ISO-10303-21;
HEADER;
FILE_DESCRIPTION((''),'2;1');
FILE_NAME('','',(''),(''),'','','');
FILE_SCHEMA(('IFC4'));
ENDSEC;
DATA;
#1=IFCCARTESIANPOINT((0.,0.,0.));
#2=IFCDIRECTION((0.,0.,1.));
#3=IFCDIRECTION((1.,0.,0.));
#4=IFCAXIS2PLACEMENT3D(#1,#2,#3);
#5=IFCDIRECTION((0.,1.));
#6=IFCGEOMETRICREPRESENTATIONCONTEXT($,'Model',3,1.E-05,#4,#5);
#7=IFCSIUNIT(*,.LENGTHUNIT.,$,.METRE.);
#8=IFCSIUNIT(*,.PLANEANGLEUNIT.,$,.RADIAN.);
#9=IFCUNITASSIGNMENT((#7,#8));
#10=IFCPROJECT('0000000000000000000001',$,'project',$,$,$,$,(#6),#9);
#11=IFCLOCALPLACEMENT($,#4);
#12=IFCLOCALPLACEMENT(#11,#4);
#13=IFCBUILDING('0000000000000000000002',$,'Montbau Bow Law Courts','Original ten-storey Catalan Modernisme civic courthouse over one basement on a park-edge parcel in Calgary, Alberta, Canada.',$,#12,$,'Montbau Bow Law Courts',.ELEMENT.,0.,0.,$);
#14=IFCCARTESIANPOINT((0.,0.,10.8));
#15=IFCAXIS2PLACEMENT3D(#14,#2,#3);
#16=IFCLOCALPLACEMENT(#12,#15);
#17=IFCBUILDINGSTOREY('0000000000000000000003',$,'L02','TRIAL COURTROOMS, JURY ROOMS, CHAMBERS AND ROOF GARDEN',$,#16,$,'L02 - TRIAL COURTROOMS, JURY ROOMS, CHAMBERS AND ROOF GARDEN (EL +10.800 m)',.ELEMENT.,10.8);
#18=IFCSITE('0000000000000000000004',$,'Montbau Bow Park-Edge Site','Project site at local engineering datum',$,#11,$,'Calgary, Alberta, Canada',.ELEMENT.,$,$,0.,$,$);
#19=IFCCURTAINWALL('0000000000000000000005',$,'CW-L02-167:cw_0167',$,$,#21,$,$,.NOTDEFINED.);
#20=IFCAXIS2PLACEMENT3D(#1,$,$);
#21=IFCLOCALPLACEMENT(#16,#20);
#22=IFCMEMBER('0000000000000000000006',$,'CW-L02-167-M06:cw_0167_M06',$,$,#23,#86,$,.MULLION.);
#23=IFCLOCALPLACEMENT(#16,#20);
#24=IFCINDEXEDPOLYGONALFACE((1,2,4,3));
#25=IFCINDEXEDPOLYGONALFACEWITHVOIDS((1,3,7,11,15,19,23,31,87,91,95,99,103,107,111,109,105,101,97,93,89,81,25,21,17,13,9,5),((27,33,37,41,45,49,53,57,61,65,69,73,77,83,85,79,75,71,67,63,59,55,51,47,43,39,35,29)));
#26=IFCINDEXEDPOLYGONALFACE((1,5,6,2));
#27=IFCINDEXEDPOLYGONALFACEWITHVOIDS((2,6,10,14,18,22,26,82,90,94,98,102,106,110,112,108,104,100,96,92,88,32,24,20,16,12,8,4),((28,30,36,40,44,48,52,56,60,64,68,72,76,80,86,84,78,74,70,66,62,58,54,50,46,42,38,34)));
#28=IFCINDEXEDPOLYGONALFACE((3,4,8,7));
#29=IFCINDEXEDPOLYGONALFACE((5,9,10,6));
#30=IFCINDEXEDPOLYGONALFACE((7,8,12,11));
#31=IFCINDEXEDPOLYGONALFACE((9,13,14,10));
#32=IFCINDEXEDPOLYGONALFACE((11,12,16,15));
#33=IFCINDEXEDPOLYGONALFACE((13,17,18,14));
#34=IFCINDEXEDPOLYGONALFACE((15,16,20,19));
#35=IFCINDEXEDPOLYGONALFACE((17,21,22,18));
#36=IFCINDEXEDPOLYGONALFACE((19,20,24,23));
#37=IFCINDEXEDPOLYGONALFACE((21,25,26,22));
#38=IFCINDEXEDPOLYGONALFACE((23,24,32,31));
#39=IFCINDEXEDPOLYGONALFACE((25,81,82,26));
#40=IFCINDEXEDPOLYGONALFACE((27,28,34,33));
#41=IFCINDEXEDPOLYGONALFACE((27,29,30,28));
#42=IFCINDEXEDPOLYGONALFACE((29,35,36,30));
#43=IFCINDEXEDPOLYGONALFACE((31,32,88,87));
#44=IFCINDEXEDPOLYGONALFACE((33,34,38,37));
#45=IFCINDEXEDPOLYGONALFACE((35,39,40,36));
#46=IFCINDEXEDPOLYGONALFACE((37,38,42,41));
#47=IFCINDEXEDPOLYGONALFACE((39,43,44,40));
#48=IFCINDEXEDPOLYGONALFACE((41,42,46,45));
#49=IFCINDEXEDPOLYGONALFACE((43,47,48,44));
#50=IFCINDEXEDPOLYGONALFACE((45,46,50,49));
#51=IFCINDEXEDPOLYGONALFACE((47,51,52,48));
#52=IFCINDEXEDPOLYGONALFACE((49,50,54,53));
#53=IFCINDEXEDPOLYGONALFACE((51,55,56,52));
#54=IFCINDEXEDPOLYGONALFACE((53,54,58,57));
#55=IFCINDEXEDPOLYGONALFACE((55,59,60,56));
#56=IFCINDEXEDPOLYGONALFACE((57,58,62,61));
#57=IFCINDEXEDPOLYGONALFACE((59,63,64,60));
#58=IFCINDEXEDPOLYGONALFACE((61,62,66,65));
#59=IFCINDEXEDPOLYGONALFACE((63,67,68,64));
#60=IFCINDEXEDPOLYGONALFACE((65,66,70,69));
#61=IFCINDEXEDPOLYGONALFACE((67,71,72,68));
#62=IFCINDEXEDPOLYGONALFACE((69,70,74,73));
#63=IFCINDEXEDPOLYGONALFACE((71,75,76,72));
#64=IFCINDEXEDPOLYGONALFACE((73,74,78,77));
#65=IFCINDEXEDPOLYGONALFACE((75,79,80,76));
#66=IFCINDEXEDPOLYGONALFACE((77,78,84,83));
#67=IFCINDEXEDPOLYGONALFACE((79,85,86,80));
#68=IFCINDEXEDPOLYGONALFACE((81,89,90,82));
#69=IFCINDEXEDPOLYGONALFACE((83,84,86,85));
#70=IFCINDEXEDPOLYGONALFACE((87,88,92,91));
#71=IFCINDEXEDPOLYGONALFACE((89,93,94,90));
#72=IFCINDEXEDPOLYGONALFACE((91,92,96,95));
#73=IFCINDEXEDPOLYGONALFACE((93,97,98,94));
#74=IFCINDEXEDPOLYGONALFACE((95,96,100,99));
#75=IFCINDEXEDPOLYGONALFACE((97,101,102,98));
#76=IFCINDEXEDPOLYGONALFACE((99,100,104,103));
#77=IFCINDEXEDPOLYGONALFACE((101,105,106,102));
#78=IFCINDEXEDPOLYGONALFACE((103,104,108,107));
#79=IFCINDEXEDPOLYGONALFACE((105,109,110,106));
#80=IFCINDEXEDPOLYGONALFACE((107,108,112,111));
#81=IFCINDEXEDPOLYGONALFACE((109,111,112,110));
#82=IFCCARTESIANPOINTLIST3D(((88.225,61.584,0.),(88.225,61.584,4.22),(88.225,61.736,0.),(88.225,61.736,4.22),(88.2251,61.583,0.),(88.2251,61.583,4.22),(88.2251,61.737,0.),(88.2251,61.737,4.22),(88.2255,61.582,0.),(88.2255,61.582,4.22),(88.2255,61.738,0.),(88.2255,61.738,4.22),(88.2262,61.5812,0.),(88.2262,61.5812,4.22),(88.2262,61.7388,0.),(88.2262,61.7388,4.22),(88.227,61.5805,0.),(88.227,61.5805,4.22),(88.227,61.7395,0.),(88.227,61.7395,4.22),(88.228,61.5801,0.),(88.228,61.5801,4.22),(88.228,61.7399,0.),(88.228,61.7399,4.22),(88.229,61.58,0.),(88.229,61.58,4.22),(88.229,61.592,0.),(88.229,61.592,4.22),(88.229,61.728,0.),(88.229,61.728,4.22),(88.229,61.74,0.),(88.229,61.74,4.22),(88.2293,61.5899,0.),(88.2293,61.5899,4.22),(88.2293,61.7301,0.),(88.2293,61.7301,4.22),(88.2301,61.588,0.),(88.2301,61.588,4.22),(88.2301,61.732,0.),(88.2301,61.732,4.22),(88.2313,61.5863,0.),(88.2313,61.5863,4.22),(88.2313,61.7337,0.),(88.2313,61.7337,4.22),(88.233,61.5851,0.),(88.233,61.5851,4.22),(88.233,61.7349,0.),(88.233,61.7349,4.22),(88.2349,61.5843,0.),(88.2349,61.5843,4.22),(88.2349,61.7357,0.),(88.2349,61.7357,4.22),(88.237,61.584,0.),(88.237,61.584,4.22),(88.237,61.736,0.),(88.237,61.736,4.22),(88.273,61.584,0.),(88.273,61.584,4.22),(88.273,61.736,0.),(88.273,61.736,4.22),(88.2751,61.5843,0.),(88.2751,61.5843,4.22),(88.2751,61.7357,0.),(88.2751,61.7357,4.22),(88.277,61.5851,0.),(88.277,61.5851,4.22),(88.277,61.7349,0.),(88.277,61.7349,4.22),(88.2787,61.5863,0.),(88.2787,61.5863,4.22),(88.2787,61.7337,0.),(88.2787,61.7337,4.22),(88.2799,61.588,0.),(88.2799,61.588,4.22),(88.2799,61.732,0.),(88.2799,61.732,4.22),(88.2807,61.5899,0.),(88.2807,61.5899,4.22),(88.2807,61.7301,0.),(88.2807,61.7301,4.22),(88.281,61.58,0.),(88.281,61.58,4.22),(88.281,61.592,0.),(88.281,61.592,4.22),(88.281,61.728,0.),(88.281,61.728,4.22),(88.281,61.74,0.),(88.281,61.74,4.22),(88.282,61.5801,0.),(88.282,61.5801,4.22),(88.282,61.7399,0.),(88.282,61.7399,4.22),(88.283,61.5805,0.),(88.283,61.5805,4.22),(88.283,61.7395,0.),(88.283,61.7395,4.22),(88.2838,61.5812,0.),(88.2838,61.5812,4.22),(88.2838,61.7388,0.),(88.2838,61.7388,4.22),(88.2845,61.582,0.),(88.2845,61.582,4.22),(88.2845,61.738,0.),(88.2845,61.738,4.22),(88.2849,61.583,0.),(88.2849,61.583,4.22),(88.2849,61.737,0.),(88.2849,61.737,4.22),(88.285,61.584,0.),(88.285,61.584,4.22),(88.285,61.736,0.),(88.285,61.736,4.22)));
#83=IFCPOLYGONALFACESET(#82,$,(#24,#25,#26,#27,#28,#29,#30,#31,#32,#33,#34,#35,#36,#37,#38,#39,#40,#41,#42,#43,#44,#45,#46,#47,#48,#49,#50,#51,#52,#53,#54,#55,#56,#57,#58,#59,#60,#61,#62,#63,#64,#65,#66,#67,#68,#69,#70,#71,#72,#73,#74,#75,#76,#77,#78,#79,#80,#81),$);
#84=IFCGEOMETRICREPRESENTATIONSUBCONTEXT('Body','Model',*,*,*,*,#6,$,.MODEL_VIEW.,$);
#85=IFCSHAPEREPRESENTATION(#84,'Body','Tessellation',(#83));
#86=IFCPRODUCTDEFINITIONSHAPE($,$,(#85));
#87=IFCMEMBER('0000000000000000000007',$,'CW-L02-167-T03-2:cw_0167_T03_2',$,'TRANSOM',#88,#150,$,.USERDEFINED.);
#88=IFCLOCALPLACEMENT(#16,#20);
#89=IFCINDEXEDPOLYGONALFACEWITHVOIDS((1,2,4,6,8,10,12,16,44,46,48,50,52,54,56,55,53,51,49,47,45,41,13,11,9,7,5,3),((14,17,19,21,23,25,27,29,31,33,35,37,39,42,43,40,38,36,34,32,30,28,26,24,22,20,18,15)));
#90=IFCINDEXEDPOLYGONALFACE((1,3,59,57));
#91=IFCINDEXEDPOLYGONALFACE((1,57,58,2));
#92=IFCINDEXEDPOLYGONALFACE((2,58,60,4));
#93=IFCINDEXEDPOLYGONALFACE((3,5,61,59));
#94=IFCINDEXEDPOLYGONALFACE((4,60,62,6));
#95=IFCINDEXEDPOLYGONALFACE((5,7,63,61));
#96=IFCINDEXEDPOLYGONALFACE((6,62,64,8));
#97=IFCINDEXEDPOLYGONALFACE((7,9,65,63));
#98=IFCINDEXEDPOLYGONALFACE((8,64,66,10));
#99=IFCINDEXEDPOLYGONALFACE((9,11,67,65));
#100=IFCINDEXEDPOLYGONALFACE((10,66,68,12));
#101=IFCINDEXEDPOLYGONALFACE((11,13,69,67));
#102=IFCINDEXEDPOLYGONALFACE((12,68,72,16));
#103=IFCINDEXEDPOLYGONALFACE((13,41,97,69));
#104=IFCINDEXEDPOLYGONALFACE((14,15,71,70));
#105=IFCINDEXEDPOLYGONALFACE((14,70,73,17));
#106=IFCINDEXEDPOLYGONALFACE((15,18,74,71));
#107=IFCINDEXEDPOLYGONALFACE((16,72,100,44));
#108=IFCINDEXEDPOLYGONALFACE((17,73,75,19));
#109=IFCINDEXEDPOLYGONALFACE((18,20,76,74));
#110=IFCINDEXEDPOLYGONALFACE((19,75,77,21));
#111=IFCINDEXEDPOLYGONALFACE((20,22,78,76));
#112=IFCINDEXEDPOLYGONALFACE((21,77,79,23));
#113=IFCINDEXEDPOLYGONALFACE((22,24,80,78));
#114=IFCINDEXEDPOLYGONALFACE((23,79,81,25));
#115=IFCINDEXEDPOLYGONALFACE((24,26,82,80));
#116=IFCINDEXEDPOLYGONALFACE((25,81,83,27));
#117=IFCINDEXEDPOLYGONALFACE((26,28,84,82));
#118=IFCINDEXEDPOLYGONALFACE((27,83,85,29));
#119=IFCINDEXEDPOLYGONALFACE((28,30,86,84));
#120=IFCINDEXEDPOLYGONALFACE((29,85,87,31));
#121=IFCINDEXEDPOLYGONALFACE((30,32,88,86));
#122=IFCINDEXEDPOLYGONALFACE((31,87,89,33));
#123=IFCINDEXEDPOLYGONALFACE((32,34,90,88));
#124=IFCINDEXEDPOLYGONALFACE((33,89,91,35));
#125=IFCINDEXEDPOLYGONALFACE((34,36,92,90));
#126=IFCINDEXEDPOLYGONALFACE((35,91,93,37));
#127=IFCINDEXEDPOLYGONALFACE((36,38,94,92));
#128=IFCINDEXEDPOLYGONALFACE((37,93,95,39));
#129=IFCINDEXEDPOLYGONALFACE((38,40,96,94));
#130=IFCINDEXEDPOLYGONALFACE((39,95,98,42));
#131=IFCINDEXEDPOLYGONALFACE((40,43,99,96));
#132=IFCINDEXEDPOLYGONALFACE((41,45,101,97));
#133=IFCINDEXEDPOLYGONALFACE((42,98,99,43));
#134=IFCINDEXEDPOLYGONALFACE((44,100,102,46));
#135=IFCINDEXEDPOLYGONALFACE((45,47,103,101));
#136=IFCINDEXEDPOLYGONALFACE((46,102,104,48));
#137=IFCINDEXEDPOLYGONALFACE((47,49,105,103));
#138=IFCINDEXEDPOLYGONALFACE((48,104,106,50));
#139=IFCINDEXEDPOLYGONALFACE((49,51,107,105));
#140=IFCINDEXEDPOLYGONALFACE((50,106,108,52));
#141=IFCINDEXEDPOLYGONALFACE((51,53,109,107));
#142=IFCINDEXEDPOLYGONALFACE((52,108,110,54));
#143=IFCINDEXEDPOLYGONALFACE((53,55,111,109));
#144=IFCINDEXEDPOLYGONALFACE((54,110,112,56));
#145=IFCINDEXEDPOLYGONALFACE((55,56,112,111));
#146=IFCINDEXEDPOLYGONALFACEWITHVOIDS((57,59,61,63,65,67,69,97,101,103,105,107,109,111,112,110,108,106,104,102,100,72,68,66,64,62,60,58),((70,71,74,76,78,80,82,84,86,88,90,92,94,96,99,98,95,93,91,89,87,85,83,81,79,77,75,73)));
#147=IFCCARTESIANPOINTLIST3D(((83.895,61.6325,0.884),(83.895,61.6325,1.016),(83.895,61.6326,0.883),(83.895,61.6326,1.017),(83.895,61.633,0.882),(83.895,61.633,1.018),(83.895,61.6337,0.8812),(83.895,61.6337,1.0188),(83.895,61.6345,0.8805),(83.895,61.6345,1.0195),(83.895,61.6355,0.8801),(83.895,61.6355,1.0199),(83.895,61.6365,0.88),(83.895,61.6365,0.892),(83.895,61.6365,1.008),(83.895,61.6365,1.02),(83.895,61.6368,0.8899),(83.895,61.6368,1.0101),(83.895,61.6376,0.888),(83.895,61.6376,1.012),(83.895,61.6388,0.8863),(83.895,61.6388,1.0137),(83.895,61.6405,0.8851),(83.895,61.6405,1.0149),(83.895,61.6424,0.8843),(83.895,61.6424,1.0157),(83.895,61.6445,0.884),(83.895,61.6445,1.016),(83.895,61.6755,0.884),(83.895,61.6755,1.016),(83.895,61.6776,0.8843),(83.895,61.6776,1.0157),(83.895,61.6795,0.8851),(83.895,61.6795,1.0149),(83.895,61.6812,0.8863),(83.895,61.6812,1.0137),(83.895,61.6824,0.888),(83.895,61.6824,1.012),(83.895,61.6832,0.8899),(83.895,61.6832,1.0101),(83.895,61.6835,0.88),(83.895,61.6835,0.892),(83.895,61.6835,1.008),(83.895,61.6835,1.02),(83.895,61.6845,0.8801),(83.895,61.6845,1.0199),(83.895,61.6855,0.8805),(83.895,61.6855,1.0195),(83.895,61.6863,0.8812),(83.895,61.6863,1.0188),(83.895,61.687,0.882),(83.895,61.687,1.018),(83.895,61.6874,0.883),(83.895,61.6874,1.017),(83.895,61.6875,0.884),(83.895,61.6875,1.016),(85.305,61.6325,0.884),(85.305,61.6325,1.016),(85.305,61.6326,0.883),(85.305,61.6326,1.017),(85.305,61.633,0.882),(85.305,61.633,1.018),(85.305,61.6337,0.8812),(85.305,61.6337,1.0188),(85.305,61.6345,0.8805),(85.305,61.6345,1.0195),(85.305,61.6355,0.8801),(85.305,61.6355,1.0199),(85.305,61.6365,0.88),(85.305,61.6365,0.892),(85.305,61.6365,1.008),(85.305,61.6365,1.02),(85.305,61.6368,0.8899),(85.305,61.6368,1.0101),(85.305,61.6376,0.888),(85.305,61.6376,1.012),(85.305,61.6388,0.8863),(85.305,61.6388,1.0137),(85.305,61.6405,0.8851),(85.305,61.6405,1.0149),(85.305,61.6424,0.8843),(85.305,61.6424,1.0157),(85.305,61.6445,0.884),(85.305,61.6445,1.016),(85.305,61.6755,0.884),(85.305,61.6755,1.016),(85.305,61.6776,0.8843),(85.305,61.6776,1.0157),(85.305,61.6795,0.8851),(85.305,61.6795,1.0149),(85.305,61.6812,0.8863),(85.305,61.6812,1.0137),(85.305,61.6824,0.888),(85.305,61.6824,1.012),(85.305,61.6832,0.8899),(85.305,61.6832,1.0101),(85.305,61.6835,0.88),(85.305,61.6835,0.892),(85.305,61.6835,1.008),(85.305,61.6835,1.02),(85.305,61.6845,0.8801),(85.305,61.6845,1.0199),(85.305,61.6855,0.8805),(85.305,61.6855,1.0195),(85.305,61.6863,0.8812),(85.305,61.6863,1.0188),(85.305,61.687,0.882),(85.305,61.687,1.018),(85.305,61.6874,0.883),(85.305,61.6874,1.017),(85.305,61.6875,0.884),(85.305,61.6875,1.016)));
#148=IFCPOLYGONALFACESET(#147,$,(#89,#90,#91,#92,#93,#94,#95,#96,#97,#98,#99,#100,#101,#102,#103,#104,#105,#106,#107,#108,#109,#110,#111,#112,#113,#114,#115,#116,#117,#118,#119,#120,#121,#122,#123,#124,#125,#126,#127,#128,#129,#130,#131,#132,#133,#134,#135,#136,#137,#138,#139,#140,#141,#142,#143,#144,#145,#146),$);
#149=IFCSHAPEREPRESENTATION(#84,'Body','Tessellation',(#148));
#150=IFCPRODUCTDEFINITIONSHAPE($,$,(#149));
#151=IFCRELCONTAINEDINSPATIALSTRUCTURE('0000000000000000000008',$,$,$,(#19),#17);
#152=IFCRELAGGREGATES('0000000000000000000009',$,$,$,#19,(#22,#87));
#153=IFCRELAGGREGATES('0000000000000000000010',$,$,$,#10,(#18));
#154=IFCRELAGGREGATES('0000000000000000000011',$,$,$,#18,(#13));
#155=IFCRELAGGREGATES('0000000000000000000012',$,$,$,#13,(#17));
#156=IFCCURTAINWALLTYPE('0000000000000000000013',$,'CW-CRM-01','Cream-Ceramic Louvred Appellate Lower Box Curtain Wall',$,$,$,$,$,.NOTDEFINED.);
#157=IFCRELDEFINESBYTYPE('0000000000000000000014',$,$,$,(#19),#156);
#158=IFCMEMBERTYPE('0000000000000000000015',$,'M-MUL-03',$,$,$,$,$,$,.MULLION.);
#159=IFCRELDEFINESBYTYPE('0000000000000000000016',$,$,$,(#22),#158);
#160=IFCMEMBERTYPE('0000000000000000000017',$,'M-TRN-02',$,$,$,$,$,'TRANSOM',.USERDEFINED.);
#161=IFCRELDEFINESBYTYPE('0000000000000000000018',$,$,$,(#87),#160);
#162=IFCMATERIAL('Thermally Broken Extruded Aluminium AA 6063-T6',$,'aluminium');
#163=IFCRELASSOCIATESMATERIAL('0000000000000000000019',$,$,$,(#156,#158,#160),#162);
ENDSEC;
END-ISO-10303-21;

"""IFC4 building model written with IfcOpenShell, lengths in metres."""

from ifc_helpers import new_model, si_unit, direction, frame, origin_with_axes, origin_2d_with_axis, place, context, subcontext, project, spatial, hollow_rectangle, extrude, material, material_profile, profile_set, type_object, element, aggregate, save


model = new_model("IFC4")

# Units and contexts
model_context = context("Model", 3, precision=1e-05, world=origin_with_axes(), true_north=direction((0.0, 1.0)))
body_context = subcontext(model_context, "Body", "Model", "MODEL_VIEW")
ifc_project = project(units=[si_unit("LENGTHUNIT", "METRE"), si_unit("PLANEANGLEUNIT", "RADIAN")], contexts=[model_context])

# Site, building, storey
site_placement = place(None, origin_with_axes())
site = spatial("IfcSite", under=ifc_project, at=site_placement, Name="Montbau Bow Park-Edge Site", Description="Project site at local engineering datum", LongName="Calgary, Alberta, Canada", CompositionType="ELEMENT", RefElevation=0.0)
building_placement = place(site_placement, origin_with_axes())
building = spatial("IfcBuilding", under=site, at=building_placement, Name="Montbau Bow Law Courts", Description="Original ten-storey Catalan Modernisme civic courthouse over one basement on a park-edge parcel in Calgary, Alberta, Canada.", LongName="Montbau Bow Law Courts", CompositionType="ELEMENT", ElevationOfRefHeight=0.0, ElevationOfTerrain=0.0)
storey_placement = place(building_placement, frame((0.0, 0.0, 10.8), z_axis=(0.0, 0.0, 1.0), x_axis=(1.0, 0.0, 0.0)))
storey = spatial("IfcBuildingStorey", under=building, at=storey_placement, Name="L02", Description="TRIAL COURTROOMS, JURY ROOMS, CHAMBERS AND ROOF GARDEN", LongName="L02 - TRIAL COURTROOMS, JURY ROOMS, CHAMBERS AND ROOF GARDEN (EL +10.800 m)", CompositionType="ELEMENT", Elevation=10.8)

# Curtain wall, members
ifc_material_1 = material(Name="Thermally Broken Extruded Aluminium AA 6063-T6", Category="aluminium")
curtain_wall_type = type_object("IfcCurtainWallType", Name="CW-CRM-01", Description="Cream-Ceramic Louvred Appellate Lower Box Curtain Wall", PredefinedType="NOTDEFINED", material=ifc_material_1)
curtain_wall_placement = place(None, frame((80.915, 61.66, 10.8), z_axis=(0.0, 0.0, 1.0), x_axis=(1.0, 0.0, 0.0)))
curtain_wall = element("IfcCurtainWall", 1, at=curtain_wall_placement, inside=storey, type_object=curtain_wall_type, Name="CW-L02-167:cw_0167", PredefinedType="NOTDEFINED")
ifc_material_profile_1 = material_profile(ifc_material_1, hollow_rectangle(XDim=0.06, YDim=0.16, WallThickness=0.004, InnerFilletRadius=0.008, OuterFilletRadius=0.004, at=origin_2d_with_axis()), Name="CWM-160X60", Category="Main", Priority=0)
ifc_profile_set_1 = profile_set([ifc_material_profile_1], Name="Thermally Broken Extruded Aluminium AA 6063-T6")
member_type_1 = type_object("IfcMemberType", Name="M-MUL-03", PredefinedType="MULLION", material=ifc_profile_set_1)
member_1_placement = place(None, frame((88.255, 61.66, 10.8), z_axis=(0.0, 0.0, 1.0), x_axis=(1.0, 0.0, 0.0)))
member_1 = element("IfcMember", 2, at=member_1_placement, type_object=member_type_1, Name="CW-L02-167-M06:cw_0167_M06", PredefinedType="MULLION", context=body_context, shape_type="SweptSolid", body=[
    extrude(hollow_rectangle(XDim=0.06, YDim=0.16, WallThickness=0.004, InnerFilletRadius=0.008, OuterFilletRadius=0.004, at=origin_2d_with_axis()), origin_with_axes(), (0.0, 0.0, 1.0), 4.22),
])
ifc_material_profile_2 = material_profile(ifc_material_1, hollow_rectangle(XDim=0.055, YDim=0.14, WallThickness=0.004, InnerFilletRadius=0.008, OuterFilletRadius=0.004, at=origin_2d_with_axis()), Name="CWT-140X55", Category="Main", Priority=0)
ifc_profile_set_2 = profile_set([ifc_material_profile_2], Name="Thermally Broken Extruded Aluminium AA 6063-T6")
member_type_2 = type_object("IfcMemberType", Name="M-TRN-02", ElementType="TRANSOM", PredefinedType="USERDEFINED", material=ifc_profile_set_2)
member_2_placement = place(None, frame((83.895, 61.66, 11.75), z_axis=(1.0, 0.0, 0.0), x_axis=(0.0, 1.0, 0.0)))
member_2 = element("IfcMember", 3, at=member_2_placement, type_object=member_type_2, Name="CW-L02-167-T03-2:cw_0167_T03_2", ObjectType="TRANSOM", PredefinedType="USERDEFINED", context=body_context, shape_type="SweptSolid", body=[
    extrude(hollow_rectangle(XDim=0.055, YDim=0.14, WallThickness=0.004, InnerFilletRadius=0.008, OuterFilletRadius=0.004, at=origin_2d_with_axis()), origin_with_axes(), (0.0, 0.0, 1.0), 1.41),
])
aggregate(curtain_wall, [member_1, member_2])

save(model, "model.ifc")
